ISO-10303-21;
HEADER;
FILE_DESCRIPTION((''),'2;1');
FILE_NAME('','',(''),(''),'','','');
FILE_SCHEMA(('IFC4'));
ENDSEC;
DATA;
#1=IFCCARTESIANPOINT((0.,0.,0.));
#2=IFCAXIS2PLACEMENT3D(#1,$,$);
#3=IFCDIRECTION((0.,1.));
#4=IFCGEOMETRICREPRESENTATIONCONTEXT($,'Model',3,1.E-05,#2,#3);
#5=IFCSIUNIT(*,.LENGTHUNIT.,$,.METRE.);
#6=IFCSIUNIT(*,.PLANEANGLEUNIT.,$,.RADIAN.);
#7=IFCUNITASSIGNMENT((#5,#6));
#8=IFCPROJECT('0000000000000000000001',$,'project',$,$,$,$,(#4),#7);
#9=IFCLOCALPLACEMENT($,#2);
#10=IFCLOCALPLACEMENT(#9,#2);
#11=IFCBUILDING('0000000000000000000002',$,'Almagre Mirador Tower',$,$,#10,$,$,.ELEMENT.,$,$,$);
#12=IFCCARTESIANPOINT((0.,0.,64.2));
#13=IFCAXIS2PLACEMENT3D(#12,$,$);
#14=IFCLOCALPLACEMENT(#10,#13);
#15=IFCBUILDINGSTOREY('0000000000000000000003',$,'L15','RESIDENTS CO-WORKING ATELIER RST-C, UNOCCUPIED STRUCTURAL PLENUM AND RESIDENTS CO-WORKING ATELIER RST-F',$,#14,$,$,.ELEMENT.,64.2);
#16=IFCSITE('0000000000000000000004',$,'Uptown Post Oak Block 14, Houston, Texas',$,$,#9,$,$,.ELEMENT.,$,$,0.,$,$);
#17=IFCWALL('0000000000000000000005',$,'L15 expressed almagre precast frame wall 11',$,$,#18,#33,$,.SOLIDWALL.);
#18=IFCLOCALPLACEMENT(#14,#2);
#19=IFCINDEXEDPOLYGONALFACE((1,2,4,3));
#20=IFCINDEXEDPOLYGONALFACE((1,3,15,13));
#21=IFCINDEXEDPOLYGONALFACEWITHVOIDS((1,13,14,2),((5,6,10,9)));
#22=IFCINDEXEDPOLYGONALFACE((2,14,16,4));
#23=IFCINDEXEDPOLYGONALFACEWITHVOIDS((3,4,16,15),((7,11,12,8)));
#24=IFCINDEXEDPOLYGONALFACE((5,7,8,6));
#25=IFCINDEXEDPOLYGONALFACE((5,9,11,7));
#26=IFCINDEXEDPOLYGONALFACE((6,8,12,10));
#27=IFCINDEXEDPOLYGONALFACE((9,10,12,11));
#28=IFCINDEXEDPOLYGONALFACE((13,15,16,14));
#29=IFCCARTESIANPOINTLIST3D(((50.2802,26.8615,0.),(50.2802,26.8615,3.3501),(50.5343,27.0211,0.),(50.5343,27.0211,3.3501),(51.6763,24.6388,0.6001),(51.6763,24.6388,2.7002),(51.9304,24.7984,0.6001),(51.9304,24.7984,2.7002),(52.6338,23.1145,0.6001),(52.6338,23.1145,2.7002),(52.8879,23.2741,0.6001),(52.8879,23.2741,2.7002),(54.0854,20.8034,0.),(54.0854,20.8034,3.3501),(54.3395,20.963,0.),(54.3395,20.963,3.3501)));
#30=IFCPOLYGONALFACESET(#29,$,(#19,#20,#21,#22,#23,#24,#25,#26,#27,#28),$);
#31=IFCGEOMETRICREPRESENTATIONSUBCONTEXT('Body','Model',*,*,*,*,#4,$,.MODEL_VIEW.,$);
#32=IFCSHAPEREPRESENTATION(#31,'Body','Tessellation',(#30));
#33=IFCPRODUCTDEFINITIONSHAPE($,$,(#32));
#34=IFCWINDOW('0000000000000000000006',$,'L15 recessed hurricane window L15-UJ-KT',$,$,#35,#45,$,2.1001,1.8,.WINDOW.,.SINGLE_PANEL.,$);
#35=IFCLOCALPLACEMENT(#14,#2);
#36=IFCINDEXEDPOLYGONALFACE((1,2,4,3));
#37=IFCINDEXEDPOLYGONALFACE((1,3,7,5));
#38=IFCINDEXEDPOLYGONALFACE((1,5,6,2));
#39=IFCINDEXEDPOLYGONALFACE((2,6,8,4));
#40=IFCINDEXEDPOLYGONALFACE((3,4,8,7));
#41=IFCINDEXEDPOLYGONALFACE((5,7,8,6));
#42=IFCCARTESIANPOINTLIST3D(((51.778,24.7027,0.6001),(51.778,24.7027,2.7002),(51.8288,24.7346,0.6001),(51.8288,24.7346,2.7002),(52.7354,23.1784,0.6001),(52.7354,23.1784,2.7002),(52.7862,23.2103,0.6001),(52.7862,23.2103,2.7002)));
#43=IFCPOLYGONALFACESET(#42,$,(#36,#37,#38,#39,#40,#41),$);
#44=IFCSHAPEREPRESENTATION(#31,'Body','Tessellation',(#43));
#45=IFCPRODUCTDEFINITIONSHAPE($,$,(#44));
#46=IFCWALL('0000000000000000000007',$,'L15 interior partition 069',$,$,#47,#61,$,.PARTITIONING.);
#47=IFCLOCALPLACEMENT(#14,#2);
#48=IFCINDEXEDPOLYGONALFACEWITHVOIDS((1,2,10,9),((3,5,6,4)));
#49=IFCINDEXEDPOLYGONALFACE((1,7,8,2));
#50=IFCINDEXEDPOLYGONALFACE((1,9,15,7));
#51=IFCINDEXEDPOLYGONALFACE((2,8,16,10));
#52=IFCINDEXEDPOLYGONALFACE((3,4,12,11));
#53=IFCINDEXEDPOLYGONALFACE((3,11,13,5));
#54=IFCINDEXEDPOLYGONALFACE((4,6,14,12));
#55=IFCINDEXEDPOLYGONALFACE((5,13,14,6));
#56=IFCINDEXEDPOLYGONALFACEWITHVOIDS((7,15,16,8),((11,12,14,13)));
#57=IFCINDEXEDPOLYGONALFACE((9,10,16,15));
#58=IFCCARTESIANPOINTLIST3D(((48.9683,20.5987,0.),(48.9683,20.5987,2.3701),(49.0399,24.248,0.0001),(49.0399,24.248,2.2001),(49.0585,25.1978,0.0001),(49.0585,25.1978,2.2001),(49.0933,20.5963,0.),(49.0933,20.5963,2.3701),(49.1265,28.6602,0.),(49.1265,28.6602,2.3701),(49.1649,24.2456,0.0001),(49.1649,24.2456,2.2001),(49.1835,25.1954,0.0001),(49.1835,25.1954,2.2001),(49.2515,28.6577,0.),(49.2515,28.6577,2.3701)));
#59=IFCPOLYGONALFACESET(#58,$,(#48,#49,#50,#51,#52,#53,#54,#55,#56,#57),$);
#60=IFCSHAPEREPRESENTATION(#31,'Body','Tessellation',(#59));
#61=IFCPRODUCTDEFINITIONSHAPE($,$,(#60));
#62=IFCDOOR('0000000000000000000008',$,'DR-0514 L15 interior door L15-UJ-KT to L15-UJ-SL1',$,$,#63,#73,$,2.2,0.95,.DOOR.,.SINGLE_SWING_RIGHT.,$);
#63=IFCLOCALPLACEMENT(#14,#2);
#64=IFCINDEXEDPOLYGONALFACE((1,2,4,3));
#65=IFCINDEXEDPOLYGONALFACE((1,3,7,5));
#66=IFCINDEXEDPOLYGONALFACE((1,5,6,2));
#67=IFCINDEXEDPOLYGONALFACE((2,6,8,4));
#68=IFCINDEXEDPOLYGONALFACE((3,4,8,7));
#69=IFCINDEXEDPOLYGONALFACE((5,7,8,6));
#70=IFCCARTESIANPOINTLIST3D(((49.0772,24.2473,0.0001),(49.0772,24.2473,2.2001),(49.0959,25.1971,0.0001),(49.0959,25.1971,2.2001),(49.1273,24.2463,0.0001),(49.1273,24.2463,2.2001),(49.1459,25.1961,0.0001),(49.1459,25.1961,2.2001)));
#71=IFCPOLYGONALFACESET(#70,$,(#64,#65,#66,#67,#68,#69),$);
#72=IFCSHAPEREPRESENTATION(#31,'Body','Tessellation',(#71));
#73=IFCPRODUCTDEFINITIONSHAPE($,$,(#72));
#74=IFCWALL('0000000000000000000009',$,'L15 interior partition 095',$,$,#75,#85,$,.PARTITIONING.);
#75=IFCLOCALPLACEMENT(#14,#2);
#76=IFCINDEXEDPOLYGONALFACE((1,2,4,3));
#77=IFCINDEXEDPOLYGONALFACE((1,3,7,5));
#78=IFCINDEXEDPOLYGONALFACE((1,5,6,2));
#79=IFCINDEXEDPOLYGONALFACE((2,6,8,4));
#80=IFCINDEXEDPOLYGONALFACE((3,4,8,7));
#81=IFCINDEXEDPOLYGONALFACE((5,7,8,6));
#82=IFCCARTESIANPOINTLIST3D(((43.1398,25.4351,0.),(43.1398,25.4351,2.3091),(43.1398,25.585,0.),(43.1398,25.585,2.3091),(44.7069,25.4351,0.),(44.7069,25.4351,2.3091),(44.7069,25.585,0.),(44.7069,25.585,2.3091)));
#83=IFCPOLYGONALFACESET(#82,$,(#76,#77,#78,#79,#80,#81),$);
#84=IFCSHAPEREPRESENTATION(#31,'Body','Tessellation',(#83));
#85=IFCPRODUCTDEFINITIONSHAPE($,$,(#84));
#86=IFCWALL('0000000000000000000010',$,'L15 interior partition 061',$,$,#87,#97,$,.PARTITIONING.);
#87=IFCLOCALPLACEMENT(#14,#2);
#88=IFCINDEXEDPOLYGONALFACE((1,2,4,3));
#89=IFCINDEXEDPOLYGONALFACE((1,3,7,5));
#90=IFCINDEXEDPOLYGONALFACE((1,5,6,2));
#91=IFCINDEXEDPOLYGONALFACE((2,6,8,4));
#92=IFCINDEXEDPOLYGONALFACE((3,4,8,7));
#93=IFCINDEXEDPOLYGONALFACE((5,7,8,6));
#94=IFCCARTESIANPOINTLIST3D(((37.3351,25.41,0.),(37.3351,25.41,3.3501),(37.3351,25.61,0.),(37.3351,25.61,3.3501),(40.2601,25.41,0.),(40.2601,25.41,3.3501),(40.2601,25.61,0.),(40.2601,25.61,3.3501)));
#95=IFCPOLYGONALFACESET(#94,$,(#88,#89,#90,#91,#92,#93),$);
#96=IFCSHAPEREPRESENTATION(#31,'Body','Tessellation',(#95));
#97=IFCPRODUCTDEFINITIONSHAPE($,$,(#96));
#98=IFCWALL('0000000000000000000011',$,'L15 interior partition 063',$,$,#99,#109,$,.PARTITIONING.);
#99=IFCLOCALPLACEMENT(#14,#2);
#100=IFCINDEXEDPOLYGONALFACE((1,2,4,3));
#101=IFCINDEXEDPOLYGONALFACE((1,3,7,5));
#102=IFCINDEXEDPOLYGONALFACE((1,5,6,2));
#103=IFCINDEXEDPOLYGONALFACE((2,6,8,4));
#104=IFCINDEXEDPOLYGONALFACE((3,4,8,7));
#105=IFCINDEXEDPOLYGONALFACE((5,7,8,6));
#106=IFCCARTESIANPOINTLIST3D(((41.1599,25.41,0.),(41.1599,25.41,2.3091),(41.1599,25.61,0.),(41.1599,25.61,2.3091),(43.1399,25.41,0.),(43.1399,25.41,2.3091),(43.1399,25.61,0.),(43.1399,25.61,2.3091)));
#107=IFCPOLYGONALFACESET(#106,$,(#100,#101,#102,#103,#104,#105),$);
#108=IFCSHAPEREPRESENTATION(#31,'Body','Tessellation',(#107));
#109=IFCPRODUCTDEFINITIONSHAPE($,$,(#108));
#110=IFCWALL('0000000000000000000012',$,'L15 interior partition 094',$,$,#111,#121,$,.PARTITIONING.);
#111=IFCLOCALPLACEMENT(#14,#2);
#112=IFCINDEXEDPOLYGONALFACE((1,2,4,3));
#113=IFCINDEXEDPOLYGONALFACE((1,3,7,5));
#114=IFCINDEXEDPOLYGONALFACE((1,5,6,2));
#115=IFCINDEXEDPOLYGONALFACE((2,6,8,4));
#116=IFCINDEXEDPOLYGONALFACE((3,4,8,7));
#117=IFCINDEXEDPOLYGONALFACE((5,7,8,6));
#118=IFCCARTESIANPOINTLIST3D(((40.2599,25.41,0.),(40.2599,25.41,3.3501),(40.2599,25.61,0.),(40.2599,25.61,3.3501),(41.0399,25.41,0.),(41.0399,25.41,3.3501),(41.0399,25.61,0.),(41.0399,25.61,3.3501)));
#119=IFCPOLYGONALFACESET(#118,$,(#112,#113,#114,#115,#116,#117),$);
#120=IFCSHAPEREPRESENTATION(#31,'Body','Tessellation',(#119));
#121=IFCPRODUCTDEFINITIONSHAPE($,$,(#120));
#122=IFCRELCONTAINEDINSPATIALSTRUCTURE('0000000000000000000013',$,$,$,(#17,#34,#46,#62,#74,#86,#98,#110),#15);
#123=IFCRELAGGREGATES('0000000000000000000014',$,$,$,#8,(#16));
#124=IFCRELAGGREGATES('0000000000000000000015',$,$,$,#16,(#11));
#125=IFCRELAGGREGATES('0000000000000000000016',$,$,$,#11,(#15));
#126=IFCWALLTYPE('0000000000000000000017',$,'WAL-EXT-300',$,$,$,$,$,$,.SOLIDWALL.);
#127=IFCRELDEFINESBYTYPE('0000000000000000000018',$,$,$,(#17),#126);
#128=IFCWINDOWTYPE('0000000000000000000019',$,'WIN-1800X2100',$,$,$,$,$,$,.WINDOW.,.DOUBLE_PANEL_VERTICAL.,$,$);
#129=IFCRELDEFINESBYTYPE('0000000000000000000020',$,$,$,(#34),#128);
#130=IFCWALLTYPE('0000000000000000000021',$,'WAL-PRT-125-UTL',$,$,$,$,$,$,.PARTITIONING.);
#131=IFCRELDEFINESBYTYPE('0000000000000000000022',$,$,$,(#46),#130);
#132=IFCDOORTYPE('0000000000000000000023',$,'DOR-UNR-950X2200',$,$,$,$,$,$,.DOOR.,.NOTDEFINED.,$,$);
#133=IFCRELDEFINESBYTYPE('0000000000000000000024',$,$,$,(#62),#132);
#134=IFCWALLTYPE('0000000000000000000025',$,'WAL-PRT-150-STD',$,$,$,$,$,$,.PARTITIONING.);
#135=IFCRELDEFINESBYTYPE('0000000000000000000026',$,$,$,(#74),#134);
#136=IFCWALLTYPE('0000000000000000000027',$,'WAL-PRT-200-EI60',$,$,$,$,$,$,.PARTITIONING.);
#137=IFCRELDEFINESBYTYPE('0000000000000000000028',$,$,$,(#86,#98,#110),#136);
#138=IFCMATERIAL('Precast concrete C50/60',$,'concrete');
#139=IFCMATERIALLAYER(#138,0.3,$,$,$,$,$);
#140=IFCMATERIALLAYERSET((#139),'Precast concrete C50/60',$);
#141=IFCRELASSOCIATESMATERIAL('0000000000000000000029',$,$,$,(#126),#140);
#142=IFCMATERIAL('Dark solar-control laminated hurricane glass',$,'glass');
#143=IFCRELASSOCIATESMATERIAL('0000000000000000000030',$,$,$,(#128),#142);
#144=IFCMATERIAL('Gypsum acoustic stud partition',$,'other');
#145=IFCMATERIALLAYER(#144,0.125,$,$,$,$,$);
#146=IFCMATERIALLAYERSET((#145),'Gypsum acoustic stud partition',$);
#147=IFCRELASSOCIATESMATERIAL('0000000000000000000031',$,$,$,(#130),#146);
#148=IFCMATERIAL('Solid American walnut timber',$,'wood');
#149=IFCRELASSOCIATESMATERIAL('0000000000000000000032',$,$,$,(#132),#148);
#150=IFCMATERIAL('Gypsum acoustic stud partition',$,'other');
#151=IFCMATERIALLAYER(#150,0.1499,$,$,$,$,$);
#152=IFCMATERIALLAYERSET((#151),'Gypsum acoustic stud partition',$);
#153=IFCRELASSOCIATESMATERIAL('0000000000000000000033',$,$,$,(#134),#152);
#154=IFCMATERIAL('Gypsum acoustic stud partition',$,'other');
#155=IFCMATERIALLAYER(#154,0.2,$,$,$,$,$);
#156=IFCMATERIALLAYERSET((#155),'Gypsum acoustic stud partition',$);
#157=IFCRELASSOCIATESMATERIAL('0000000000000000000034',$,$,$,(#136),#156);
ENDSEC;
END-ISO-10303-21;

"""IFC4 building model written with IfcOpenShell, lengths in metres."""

from ifc_helpers import new_model, si_unit, direction, frame, frame_2d, origin, place, context, subcontext, project, spatial, rectangle, extrude, material, layer, layer_set, type_object, element, fill, save


model = new_model("IFC4")

# Units and contexts
model_context = context("Model", 3, precision=1e-05, world=origin(), true_north=direction((0.0, 1.0)))
body_context = subcontext(model_context, "Body", "Model", "MODEL_VIEW")
ifc_project = project(units=[si_unit("LENGTHUNIT", "METRE"), si_unit("PLANEANGLEUNIT", "RADIAN")], contexts=[model_context])

# Site, building, storey
site_placement = place(None, origin())
site = spatial("IfcSite", under=ifc_project, at=site_placement, Name="Uptown Post Oak Block 14, Houston, Texas", CompositionType="ELEMENT", RefElevation=0.0)
building_placement = place(site_placement, origin())
building = spatial("IfcBuilding", under=site, at=building_placement, Name="Almagre Mirador Tower", CompositionType="ELEMENT")
storey_placement = place(building_placement, frame((0.0, 0.0, 64.2)))
storey = spatial("IfcBuildingStorey", under=building, at=storey_placement, Name="L15", Description="RESIDENTS CO-WORKING ATELIER RST-C, UNOCCUPIED STRUCTURAL PLENUM AND RESIDENTS CO-WORKING ATELIER RST-F", CompositionType="ELEMENT", Elevation=64.2)

# Wall, opening, window
ifc_material_1 = material(Name="Precast concrete C50/60", Category="concrete")
ifc_layer_1 = layer(ifc_material_1, 0.3)
ifc_layer_set_1 = layer_set([ifc_layer_1], Name="Precast concrete C50/60")
wall_type_1 = type_object("IfcWallType", Name="WAL-EXT-300", PredefinedType="SOLIDWALL", material=ifc_layer_set_1)
wall_1_placement = place(storey_placement, frame((50.4072, 26.9414, 0.0), z_axis=(0.0, 0.0, 1.0), x_axis=(0.531893, -0.846811, 0.0)))
wall_1 = element("IfcWall", 1, at=wall_1_placement, inside=storey, type_object=wall_type_1, Name="L15 expressed almagre precast frame wall 11", PredefinedType="SOLIDWALL", context=body_context, shape_type="SweptSolid", body=[
    extrude(rectangle(XDim=7.1541, YDim=0.3, at=frame_2d((3.5771, 0.0))), origin(), (0.0, 0.0, 1.0), 3.3501),
])
opening_1_placement = place(wall_1_placement, frame((2.625, 0.0, 0.6001)))
opening_1 = element("IfcOpeningElement", 2, at=opening_1_placement, cuts=wall_1, PredefinedType="OPENING", context=body_context, shape_type="SweptSolid", body=[
    extrude(rectangle(XDim=1.8, YDim=2.1001, at=frame_2d((0.8999, 1.05))), frame((0.0, 0.1599, 0.0), z_axis=(0.0, -1.0, 0.0), x_axis=(1.0, 0.0, 0.0)), (0.0, 0.0, 1.0), 0.32),
])
ifc_material_2 = material(Name="Dark solar-control laminated hurricane glass", Category="glass")
window_type = type_object("IfcWindowType", Name="WIN-1800X2100", PartitioningType="DOUBLE_PANEL_VERTICAL", PredefinedType="WINDOW", material=ifc_material_2)
window_placement = place(opening_1_placement, origin())
window = element("IfcWindow", 3, at=window_placement, inside=storey, type_object=window_type, Name="L15 recessed hurricane window L15-UJ-KT", OverallHeight=2.1001, OverallWidth=1.8, PartitioningType="SINGLE_PANEL", PredefinedType="WINDOW", context=body_context, shape_type="SweptSolid", body=[
    extrude(rectangle(XDim=1.8, YDim=2.1001, at=frame_2d((0.8999, 1.05))), frame((0.0, 0.03, 0.0), z_axis=(0.0, -1.0, 0.0), x_axis=(1.0, 0.0, 0.0)), (0.0, 0.0, 1.0), 0.0601),
])
fill(opening_1, window)

# Wall, opening, door
ifc_material_3 = material(Name="Gypsum acoustic stud partition", Category="other")
ifc_layer_2 = layer(ifc_material_3, 0.125)
ifc_layer_set_2 = layer_set([ifc_layer_2], Name="Gypsum acoustic stud partition")
wall_type_2 = type_object("IfcWallType", Name="WAL-PRT-125-UTL", PredefinedType="PARTITIONING", material=ifc_layer_set_2)
wall_2_placement = place(storey_placement, frame((49.189, 28.6589, 0.0), z_axis=(0.0, 0.0, 1.0), x_axis=(-0.019621, -0.999807, 0.0)))
wall_2 = element("IfcWall", 4, at=wall_2_placement, inside=storey, type_object=wall_type_2, Name="L15 interior partition 069", PredefinedType="PARTITIONING", context=body_context, shape_type="SweptSolid", body=[
    extrude(rectangle(XDim=8.063, YDim=0.125, at=frame_2d((4.0315, 0.0))), origin(), (0.0, 0.0, 1.0), 2.3701),
])
opening_2_placement = place(wall_2_placement, frame((3.4629, 0.0, 0.0)))
opening_2 = element("IfcOpeningElement", 5, at=opening_2_placement, cuts=wall_2, PredefinedType="OPENING", context=body_context, shape_type="SweptSolid", body=[
    extrude(rectangle(XDim=0.95, YDim=2.2, at=frame_2d((0.4751, 1.1001))), frame((0.0, 0.0725, 0.0), z_axis=(0.0, -1.0, 0.0), x_axis=(1.0, 0.0, 0.0)), (0.0, 0.0, 1.0), 0.145),
])
ifc_material_4 = material(Name="Solid American walnut timber", Category="wood")
door_type = type_object("IfcDoorType", Name="DOR-UNR-950X2200", OperationType="NOTDEFINED", PredefinedType="DOOR", material=ifc_material_4)
door_placement = place(opening_2_placement, origin())
door = element("IfcDoor", 6, at=door_placement, inside=storey, type_object=door_type, Name="DR-0514 L15 interior door L15-UJ-KT to L15-UJ-SL1", OperationType="SINGLE_SWING_RIGHT", OverallHeight=2.2, OverallWidth=0.95, PredefinedType="DOOR", context=body_context, shape_type="SweptSolid", body=[
    extrude(rectangle(XDim=0.95, YDim=2.2, at=frame_2d((0.4751, 1.1001))), frame((0.0, 0.0249, 0.0), z_axis=(0.0, -1.0, 0.0), x_axis=(1.0, 0.0, 0.0)), (0.0, 0.0, 1.0), 0.05),
])
fill(opening_2, door)

# Walls
ifc_material_5 = material(Name="Gypsum acoustic stud partition", Category="other")
ifc_layer_3 = layer(ifc_material_5, 0.1499)
ifc_layer_set_3 = layer_set([ifc_layer_3], Name="Gypsum acoustic stud partition")
wall_type_3 = type_object("IfcWallType", Name="WAL-PRT-150-STD", PredefinedType="PARTITIONING", material=ifc_layer_set_3)
wall_3_placement = place(storey_placement, frame((44.707, 25.51, 0.0), z_axis=(0.0, 0.0, 1.0), x_axis=(-1.0, 0.0, 0.0)))
element("IfcWall", 7, at=wall_3_placement, inside=storey, type_object=wall_type_3, Name="L15 interior partition 095", PredefinedType="PARTITIONING", context=body_context, shape_type="SweptSolid", body=[
    extrude(rectangle(XDim=1.5671, YDim=0.1499, at=frame_2d((0.7837, 0.0))), origin(), (0.0, 0.0, 1.0), 2.3091),
])
ifc_material_6 = material(Name="Gypsum acoustic stud partition", Category="other")
ifc_layer_4 = layer(ifc_material_6, 0.2)
ifc_layer_set_4 = layer_set([ifc_layer_4], Name="Gypsum acoustic stud partition")
wall_type_4 = type_object("IfcWallType", Name="WAL-PRT-200-EI60", PredefinedType="PARTITIONING", material=ifc_layer_set_4)
wall_4_placement = place(storey_placement, frame((40.26, 25.51, 0.0), z_axis=(0.0, 0.0, 1.0), x_axis=(-1.0, 0.0, 0.0)))
element("IfcWall", 8, at=wall_4_placement, inside=storey, type_object=wall_type_4, Name="L15 interior partition 061", PredefinedType="PARTITIONING", context=body_context, shape_type="SweptSolid", body=[
    extrude(rectangle(XDim=2.925, YDim=0.2, at=frame_2d((1.4624, 0.0))), origin(), (0.0, 0.0, 1.0), 3.3501),
])
wall_5_placement = place(storey_placement, frame((43.1399, 25.51, 0.0), z_axis=(0.0, 0.0, 1.0), x_axis=(-1.0, 0.0, 0.0)))
element("IfcWall", 9, at=wall_5_placement, inside=storey, type_object=wall_type_4, Name="L15 interior partition 063", PredefinedType="PARTITIONING", context=body_context, shape_type="SweptSolid", body=[
    extrude(rectangle(XDim=1.98, YDim=0.2, at=frame_2d((0.99, 0.0))), origin(), (0.0, 0.0, 1.0), 2.3091),
])
wall_6_placement = place(storey_placement, frame((41.04, 25.51, 0.0), z_axis=(0.0, 0.0, 1.0), x_axis=(-1.0, 0.0, 0.0)))
element("IfcWall", 10, at=wall_6_placement, inside=storey, type_object=wall_type_4, Name="L15 interior partition 094", PredefinedType="PARTITIONING", context=body_context, shape_type="SweptSolid", body=[
    extrude(rectangle(XDim=0.78, YDim=0.2, at=frame_2d((0.3901, 0.0))), origin(), (0.0, 0.0, 1.0), 3.3501),
])

save(model, "model.ifc")
